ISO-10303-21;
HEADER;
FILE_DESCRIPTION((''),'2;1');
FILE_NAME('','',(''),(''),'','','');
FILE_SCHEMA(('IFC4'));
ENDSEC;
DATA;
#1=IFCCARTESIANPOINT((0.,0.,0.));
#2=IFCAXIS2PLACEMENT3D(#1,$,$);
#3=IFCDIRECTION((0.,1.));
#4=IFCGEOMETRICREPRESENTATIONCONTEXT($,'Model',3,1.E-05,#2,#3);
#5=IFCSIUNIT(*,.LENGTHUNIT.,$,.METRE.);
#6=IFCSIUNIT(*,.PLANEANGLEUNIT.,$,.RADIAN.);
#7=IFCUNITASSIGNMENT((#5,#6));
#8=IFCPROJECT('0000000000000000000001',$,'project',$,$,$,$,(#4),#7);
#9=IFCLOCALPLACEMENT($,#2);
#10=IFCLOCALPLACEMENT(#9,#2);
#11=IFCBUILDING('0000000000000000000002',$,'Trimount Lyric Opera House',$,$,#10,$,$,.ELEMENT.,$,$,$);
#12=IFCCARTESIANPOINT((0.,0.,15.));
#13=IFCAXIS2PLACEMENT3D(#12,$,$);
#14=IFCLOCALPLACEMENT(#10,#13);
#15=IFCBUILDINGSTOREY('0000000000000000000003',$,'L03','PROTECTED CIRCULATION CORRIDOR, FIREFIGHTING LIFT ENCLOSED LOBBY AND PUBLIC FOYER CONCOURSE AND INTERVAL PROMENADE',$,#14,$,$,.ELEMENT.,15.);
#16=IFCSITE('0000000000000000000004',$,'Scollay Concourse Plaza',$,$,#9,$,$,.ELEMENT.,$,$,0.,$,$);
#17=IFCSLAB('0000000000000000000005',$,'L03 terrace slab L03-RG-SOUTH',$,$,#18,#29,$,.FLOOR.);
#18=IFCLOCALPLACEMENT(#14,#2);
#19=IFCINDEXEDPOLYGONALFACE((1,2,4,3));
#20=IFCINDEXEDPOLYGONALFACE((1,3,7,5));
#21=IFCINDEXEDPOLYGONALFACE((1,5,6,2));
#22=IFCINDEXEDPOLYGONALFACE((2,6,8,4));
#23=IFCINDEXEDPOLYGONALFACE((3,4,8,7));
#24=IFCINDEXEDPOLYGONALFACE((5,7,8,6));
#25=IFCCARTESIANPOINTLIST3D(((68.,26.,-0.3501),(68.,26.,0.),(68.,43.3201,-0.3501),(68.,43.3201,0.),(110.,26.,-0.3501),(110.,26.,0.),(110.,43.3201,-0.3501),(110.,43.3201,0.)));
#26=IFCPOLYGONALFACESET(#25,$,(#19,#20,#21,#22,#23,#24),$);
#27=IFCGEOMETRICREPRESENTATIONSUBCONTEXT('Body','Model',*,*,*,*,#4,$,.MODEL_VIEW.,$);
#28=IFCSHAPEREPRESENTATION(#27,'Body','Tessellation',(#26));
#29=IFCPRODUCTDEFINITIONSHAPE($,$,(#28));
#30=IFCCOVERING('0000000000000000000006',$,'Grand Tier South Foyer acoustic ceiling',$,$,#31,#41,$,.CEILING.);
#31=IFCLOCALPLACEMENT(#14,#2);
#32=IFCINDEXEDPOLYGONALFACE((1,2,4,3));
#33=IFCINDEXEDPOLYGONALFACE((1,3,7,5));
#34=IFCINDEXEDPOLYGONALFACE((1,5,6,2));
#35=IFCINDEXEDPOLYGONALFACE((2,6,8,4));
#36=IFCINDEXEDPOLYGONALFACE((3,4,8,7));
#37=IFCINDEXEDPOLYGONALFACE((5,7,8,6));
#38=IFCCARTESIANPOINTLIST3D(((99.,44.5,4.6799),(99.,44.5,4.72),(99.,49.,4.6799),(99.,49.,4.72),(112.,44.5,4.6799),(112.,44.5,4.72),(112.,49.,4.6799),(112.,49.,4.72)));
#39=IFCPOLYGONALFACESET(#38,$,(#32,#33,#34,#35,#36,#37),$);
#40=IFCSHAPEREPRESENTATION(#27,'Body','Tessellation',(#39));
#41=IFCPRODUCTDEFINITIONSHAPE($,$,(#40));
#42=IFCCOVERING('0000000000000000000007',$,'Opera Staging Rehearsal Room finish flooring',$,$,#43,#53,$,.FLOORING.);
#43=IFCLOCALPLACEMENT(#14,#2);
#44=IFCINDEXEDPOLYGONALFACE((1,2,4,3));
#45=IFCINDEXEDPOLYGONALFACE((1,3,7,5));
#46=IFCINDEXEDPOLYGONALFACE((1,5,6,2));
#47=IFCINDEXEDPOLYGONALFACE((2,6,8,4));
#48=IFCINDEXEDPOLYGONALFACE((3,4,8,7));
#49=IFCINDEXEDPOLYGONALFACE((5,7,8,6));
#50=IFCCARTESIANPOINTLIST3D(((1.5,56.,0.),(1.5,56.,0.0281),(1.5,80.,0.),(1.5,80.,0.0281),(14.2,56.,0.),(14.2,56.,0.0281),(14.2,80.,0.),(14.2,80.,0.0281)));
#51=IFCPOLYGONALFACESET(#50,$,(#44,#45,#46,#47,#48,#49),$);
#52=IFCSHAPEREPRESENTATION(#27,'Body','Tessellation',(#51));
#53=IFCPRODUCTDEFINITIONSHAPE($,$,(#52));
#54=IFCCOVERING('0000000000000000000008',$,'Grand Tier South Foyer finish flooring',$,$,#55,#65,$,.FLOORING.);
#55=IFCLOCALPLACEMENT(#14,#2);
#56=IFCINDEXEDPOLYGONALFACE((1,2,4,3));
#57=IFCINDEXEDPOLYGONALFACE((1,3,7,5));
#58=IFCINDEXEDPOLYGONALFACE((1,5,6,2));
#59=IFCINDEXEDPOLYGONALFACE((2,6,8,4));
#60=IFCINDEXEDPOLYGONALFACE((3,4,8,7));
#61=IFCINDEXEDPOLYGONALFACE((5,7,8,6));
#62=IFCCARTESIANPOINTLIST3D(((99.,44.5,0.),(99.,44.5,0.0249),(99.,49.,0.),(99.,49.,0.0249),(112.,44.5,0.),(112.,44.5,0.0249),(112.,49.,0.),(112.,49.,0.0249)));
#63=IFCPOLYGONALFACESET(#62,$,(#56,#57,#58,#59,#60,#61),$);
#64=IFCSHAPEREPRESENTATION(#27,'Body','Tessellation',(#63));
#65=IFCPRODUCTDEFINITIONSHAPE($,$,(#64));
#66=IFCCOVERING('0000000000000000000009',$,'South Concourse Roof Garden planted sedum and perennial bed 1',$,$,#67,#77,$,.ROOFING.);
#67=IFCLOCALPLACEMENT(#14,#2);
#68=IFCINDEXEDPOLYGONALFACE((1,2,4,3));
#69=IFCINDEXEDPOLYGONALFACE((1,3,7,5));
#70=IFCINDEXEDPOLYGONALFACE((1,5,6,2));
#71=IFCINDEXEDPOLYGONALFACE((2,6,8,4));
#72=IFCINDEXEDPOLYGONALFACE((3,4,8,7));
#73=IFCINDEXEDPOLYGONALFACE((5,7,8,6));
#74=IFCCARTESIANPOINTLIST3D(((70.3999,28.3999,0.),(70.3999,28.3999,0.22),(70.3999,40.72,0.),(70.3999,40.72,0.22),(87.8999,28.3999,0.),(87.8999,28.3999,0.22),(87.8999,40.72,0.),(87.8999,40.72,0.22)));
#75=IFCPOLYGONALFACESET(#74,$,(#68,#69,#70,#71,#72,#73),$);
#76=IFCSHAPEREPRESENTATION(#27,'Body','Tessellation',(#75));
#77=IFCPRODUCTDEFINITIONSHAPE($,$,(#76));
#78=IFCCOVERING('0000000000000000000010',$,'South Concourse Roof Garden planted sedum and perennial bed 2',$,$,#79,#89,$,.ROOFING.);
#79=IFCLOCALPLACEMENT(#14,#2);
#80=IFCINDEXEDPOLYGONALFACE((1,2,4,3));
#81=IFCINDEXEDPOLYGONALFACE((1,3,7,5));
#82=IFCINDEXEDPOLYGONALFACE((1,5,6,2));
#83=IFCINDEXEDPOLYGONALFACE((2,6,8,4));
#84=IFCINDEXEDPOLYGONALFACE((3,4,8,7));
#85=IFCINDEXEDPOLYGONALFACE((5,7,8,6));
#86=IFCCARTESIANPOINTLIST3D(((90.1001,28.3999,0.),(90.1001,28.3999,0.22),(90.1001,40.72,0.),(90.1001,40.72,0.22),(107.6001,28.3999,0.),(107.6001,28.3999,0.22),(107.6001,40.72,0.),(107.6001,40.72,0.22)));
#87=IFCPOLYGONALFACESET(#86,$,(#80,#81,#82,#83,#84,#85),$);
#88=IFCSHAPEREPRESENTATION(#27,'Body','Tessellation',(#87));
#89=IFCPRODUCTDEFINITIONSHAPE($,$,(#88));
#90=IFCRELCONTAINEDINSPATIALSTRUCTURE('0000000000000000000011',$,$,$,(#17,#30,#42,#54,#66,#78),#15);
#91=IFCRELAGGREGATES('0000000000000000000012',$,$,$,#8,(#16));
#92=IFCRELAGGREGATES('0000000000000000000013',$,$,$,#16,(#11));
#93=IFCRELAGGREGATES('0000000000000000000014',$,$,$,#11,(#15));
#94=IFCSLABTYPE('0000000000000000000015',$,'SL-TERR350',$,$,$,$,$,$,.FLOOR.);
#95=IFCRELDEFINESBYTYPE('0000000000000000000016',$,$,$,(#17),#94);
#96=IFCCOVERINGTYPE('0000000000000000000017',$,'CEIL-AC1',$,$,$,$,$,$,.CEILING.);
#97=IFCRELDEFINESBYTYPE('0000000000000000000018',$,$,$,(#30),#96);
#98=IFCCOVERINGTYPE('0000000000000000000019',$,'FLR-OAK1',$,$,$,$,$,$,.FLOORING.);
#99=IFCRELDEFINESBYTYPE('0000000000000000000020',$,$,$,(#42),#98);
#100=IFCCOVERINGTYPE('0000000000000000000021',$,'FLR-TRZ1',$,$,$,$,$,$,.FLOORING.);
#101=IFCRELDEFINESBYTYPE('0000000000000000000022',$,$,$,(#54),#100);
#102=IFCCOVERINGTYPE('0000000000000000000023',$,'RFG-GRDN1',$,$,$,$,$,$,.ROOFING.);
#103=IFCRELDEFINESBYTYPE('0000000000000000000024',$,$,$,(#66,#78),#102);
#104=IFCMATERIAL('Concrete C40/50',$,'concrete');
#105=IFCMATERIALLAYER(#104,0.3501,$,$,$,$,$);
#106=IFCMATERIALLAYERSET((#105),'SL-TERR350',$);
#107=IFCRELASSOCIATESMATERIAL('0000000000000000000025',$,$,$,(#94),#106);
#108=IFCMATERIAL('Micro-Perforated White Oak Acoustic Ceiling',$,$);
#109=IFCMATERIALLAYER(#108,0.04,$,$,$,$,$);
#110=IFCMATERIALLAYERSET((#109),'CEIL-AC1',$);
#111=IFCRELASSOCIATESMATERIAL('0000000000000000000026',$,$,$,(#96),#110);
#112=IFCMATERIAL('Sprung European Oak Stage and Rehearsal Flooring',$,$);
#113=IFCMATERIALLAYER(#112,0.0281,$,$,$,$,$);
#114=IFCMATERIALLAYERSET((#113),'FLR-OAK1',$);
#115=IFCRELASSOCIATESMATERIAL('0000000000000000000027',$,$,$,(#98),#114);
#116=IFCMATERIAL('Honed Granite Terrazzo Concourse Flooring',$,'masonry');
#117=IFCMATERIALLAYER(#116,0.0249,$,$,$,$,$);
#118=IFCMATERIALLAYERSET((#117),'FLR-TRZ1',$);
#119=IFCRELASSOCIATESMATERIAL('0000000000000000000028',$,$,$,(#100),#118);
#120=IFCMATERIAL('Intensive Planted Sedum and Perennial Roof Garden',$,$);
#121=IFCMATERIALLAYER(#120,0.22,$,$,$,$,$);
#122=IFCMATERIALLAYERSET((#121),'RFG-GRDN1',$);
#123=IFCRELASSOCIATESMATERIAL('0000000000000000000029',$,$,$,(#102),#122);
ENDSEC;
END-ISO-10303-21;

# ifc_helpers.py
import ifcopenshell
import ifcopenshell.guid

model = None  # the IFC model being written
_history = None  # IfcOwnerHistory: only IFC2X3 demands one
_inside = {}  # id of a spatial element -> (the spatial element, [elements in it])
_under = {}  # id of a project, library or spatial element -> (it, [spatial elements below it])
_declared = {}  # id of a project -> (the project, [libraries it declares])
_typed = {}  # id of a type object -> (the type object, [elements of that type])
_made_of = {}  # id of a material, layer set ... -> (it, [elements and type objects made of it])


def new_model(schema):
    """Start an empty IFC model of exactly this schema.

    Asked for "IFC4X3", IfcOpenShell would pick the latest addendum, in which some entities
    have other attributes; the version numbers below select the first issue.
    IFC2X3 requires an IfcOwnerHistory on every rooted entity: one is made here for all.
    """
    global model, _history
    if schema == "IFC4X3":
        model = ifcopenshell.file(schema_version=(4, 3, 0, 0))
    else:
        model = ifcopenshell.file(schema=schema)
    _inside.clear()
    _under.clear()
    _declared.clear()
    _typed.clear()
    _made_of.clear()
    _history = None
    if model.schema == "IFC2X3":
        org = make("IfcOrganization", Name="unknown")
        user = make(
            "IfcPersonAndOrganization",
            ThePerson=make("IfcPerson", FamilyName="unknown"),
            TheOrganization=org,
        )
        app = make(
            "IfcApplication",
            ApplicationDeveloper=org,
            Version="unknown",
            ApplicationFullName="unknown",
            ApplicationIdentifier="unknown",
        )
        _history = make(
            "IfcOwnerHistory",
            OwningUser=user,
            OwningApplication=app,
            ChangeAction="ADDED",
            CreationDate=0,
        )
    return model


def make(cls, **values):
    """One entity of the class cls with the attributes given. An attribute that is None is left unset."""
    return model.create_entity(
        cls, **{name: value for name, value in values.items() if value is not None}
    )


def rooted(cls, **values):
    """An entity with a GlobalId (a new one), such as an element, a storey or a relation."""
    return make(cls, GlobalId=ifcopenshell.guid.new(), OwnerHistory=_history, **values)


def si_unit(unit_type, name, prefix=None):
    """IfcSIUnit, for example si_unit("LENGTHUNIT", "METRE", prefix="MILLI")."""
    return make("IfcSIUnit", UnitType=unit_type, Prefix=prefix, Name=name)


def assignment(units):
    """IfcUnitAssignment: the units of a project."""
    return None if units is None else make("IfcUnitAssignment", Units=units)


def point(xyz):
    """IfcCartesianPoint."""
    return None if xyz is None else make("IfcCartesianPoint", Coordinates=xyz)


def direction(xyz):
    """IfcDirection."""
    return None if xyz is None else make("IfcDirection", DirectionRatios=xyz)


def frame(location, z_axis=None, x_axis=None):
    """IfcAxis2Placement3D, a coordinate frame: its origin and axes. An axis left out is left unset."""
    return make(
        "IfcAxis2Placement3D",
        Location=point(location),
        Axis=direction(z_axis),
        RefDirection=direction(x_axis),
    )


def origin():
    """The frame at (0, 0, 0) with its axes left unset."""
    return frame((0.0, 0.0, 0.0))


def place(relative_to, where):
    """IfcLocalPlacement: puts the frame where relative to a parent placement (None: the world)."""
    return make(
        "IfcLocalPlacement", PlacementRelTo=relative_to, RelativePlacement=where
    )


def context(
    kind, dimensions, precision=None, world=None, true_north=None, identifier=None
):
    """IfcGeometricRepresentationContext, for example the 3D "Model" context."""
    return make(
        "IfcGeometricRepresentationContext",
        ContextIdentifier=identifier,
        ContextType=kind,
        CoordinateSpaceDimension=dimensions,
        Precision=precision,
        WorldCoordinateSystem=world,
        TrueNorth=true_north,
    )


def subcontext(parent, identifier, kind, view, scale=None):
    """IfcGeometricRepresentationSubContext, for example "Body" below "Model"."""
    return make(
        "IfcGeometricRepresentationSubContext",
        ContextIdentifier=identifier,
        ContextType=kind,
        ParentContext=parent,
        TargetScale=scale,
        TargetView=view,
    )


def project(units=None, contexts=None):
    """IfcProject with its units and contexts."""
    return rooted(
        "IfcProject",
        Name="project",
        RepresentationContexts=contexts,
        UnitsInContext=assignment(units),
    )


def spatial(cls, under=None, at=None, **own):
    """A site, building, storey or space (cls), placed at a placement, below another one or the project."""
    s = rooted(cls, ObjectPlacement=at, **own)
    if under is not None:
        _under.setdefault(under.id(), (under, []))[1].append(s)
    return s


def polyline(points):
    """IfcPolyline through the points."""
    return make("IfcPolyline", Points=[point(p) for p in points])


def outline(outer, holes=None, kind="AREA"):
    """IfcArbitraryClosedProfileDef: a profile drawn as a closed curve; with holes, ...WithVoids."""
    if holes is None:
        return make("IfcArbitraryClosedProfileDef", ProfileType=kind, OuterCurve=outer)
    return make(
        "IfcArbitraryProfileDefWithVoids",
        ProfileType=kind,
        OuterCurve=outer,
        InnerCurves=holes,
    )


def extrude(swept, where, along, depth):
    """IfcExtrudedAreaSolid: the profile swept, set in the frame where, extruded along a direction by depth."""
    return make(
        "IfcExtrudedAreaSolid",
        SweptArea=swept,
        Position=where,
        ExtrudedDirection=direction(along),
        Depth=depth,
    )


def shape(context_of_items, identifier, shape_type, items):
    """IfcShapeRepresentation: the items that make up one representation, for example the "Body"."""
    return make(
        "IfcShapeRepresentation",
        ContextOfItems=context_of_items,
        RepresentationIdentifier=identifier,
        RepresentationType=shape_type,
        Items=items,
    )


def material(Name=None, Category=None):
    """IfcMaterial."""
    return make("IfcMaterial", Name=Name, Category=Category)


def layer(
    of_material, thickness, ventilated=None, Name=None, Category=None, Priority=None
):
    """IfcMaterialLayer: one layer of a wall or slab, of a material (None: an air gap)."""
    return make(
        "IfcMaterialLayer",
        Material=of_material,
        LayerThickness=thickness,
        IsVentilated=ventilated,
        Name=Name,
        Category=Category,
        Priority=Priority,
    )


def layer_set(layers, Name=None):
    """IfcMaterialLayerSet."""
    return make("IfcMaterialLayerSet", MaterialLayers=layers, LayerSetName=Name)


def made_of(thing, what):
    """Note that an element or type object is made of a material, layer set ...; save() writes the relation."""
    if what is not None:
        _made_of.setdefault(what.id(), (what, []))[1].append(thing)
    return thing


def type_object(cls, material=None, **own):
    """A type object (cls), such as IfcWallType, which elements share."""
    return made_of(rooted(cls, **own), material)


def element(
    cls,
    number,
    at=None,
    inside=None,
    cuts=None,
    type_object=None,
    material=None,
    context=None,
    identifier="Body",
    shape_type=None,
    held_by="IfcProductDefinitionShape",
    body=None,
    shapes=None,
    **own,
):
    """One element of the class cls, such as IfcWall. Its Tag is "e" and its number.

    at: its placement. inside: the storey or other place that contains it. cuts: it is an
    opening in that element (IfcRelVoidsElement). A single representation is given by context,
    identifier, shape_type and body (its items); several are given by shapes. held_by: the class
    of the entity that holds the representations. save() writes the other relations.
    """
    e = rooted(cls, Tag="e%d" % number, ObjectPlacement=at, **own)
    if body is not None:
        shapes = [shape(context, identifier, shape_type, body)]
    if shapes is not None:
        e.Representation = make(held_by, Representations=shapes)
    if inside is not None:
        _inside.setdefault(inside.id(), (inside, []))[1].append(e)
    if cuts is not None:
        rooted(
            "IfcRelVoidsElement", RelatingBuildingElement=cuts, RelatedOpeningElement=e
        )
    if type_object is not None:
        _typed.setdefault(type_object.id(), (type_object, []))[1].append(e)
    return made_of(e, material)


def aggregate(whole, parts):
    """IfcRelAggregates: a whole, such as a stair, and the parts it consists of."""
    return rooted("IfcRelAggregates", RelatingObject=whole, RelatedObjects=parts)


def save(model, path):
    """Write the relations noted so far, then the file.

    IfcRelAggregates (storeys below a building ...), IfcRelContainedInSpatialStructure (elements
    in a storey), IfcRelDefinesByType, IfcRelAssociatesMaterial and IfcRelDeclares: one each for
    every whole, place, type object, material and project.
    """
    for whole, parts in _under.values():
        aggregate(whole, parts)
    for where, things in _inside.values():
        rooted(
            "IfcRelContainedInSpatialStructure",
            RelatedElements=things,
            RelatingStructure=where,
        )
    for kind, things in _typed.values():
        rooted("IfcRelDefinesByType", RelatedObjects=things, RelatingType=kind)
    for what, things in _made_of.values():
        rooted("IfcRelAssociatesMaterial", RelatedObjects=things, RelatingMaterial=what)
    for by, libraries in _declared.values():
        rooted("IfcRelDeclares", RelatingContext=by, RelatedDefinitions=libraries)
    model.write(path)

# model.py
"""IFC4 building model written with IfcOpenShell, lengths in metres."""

from ifc_helpers import new_model, si_unit, direction, frame, origin, place, context, subcontext, project, spatial, polyline, outline, extrude, material, layer, layer_set, type_object, element, save


model = new_model("IFC4")

# Units and contexts
model_context = context("Model", 3, precision=1e-05, world=origin(), true_north=direction((0.0, 1.0)))
body_context = subcontext(model_context, "Body", "Model", "MODEL_VIEW")
ifc_project = project(units=[si_unit("LENGTHUNIT", "METRE"), si_unit("PLANEANGLEUNIT", "RADIAN")], contexts=[model_context])

# Site, building, storey
site_placement = place(None, origin())
site = spatial("IfcSite", under=ifc_project, at=site_placement, Name="Scollay Concourse Plaza", CompositionType="ELEMENT", RefElevation=0.0)
building_placement = place(site_placement, origin())
building = spatial("IfcBuilding", under=site, at=building_placement, Name="Trimount Lyric Opera House", CompositionType="ELEMENT")
storey_placement = place(building_placement, frame((0.0, 0.0, 15.0)))
storey = spatial("IfcBuildingStorey", under=building, at=storey_placement, Name="L03", Description="PROTECTED CIRCULATION CORRIDOR, FIREFIGHTING LIFT ENCLOSED LOBBY AND PUBLIC FOYER CONCOURSE AND INTERVAL PROMENADE", CompositionType="ELEMENT", Elevation=15.0)

# Slab
ifc_material_1 = material(Name="Concrete C40/50", Category="concrete")
ifc_layer_1 = layer(ifc_material_1, 0.3501)
ifc_layer_set_1 = layer_set([ifc_layer_1], Name="SL-TERR350")
slab_type_1 = type_object("IfcSlabType", Name="SL-TERR350", PredefinedType="FLOOR", material=ifc_layer_set_1)
slab_1_placement = place(storey_placement, frame((0.0, 0.0, -0.3501)))
element("IfcSlab", 1, at=slab_1_placement, inside=storey, type_object=slab_type_1, Name="L03 terrace slab L03-RG-SOUTH", PredefinedType="FLOOR", context=body_context, shape_type="SweptSolid", body=[
    extrude(outline(polyline([(110.0, 26.0), (68.0, 26.0), (68.0, 43.3201), (110.0, 43.3201), (110.0, 26.0)])), origin(), (0.0, 0.0, 1.0), 0.3501),
])

# Coverings
ifc_material_2 = material(Name="Micro-Perforated White Oak Acoustic Ceiling")
ifc_layer_2 = layer(ifc_material_2, 0.04)
ifc_layer_set_2 = layer_set([ifc_layer_2], Name="CEIL-AC1")
covering_type_1 = type_object("IfcCoveringType", Name="CEIL-AC1", PredefinedType="CEILING", material=ifc_layer_set_2)
covering_1_placement = place(storey_placement, frame((0.0, 0.0, 4.6799)))
element("IfcCovering", 2, at=covering_1_placement, inside=storey, type_object=covering_type_1, Name="Grand Tier South Foyer acoustic ceiling", PredefinedType="CEILING", context=body_context, shape_type="SweptSolid", body=[
    extrude(outline(polyline([(99.0, 44.5), (112.0, 44.5), (112.0, 49.0), (99.0, 49.0), (99.0, 44.5)])), origin(), (0.0, 0.0, 1.0), 0.04),
])
ifc_material_3 = material(Name="Sprung European Oak Stage and Rehearsal Flooring")
ifc_layer_3 = layer(ifc_material_3, 0.0281)
ifc_layer_set_3 = layer_set([ifc_layer_3], Name="FLR-OAK1")
covering_type_2 = type_object("IfcCoveringType", Name="FLR-OAK1", PredefinedType="FLOORING", material=ifc_layer_set_3)
covering_2_placement = place(storey_placement, origin())
element("IfcCovering", 3, at=covering_2_placement, inside=storey, type_object=covering_type_2, Name="Opera Staging Rehearsal Room finish flooring", PredefinedType="FLOORING", context=body_context, shape_type="SweptSolid", body=[
    extrude(outline(polyline([(1.5, 56.0), (14.2, 56.0), (14.2, 80.0), (1.5, 80.0), (1.5, 56.0)])), origin(), (0.0, 0.0, 1.0), 0.0281),
])
ifc_material_4 = material(Name="Honed Granite Terrazzo Concourse Flooring", Category="masonry")
ifc_layer_4 = layer(ifc_material_4, 0.0249)
ifc_layer_set_4 = layer_set([ifc_layer_4], Name="FLR-TRZ1")
covering_type_3 = type_object("IfcCoveringType", Name="FLR-TRZ1", PredefinedType="FLOORING", material=ifc_layer_set_4)
covering_3_placement = place(storey_placement, origin())
element("IfcCovering", 4, at=covering_3_placement, inside=storey, type_object=covering_type_3, Name="Grand Tier South Foyer finish flooring", PredefinedType="FLOORING", context=body_context, shape_type="SweptSolid", body=[
    extrude(outline(polyline([(99.0, 44.5), (112.0, 44.5), (112.0, 49.0), (99.0, 49.0), (99.0, 44.5)])), origin(), (0.0, 0.0, 1.0), 0.0249),
])
ifc_material_5 = material(Name="Intensive Planted Sedum and Perennial Roof Garden")
ifc_layer_5 = layer(ifc_material_5, 0.22)
ifc_layer_set_5 = layer_set([ifc_layer_5], Name="RFG-GRDN1")
covering_type_4 = type_object("IfcCoveringType", Name="RFG-GRDN1", PredefinedType="ROOFING", material=ifc_layer_set_5)
covering_4_placement = place(storey_placement, origin())
element("IfcCovering", 5, at=covering_4_placement, inside=storey, type_object=covering_type_4, Name="South Concourse Roof Garden planted sedum and perennial bed 1", PredefinedType="ROOFING", context=body_context, shape_type="SweptSolid", body=[
    extrude(outline(polyline([(70.3999, 28.3999), (87.8999, 28.3999), (87.8999, 40.72), (70.3999, 40.72), (70.3999, 28.3999)])), origin(), (0.0, 0.0, 1.0), 0.22),
])
covering_5_placement = place(storey_placement, origin())
element("IfcCovering", 6, at=covering_5_placement, inside=storey, type_object=covering_type_4, Name="South Concourse Roof Garden planted sedum and perennial bed 2", PredefinedType="ROOFING", context=body_context, shape_type="SweptSolid", body=[
    extrude(outline(polyline([(90.1001, 28.3999), (107.6001, 28.3999), (107.6001, 40.72), (90.1001, 40.72), (90.1001, 28.3999)])), origin(), (0.0, 0.0, 1.0), 0.22),
])

save(model, "model.ifc")
